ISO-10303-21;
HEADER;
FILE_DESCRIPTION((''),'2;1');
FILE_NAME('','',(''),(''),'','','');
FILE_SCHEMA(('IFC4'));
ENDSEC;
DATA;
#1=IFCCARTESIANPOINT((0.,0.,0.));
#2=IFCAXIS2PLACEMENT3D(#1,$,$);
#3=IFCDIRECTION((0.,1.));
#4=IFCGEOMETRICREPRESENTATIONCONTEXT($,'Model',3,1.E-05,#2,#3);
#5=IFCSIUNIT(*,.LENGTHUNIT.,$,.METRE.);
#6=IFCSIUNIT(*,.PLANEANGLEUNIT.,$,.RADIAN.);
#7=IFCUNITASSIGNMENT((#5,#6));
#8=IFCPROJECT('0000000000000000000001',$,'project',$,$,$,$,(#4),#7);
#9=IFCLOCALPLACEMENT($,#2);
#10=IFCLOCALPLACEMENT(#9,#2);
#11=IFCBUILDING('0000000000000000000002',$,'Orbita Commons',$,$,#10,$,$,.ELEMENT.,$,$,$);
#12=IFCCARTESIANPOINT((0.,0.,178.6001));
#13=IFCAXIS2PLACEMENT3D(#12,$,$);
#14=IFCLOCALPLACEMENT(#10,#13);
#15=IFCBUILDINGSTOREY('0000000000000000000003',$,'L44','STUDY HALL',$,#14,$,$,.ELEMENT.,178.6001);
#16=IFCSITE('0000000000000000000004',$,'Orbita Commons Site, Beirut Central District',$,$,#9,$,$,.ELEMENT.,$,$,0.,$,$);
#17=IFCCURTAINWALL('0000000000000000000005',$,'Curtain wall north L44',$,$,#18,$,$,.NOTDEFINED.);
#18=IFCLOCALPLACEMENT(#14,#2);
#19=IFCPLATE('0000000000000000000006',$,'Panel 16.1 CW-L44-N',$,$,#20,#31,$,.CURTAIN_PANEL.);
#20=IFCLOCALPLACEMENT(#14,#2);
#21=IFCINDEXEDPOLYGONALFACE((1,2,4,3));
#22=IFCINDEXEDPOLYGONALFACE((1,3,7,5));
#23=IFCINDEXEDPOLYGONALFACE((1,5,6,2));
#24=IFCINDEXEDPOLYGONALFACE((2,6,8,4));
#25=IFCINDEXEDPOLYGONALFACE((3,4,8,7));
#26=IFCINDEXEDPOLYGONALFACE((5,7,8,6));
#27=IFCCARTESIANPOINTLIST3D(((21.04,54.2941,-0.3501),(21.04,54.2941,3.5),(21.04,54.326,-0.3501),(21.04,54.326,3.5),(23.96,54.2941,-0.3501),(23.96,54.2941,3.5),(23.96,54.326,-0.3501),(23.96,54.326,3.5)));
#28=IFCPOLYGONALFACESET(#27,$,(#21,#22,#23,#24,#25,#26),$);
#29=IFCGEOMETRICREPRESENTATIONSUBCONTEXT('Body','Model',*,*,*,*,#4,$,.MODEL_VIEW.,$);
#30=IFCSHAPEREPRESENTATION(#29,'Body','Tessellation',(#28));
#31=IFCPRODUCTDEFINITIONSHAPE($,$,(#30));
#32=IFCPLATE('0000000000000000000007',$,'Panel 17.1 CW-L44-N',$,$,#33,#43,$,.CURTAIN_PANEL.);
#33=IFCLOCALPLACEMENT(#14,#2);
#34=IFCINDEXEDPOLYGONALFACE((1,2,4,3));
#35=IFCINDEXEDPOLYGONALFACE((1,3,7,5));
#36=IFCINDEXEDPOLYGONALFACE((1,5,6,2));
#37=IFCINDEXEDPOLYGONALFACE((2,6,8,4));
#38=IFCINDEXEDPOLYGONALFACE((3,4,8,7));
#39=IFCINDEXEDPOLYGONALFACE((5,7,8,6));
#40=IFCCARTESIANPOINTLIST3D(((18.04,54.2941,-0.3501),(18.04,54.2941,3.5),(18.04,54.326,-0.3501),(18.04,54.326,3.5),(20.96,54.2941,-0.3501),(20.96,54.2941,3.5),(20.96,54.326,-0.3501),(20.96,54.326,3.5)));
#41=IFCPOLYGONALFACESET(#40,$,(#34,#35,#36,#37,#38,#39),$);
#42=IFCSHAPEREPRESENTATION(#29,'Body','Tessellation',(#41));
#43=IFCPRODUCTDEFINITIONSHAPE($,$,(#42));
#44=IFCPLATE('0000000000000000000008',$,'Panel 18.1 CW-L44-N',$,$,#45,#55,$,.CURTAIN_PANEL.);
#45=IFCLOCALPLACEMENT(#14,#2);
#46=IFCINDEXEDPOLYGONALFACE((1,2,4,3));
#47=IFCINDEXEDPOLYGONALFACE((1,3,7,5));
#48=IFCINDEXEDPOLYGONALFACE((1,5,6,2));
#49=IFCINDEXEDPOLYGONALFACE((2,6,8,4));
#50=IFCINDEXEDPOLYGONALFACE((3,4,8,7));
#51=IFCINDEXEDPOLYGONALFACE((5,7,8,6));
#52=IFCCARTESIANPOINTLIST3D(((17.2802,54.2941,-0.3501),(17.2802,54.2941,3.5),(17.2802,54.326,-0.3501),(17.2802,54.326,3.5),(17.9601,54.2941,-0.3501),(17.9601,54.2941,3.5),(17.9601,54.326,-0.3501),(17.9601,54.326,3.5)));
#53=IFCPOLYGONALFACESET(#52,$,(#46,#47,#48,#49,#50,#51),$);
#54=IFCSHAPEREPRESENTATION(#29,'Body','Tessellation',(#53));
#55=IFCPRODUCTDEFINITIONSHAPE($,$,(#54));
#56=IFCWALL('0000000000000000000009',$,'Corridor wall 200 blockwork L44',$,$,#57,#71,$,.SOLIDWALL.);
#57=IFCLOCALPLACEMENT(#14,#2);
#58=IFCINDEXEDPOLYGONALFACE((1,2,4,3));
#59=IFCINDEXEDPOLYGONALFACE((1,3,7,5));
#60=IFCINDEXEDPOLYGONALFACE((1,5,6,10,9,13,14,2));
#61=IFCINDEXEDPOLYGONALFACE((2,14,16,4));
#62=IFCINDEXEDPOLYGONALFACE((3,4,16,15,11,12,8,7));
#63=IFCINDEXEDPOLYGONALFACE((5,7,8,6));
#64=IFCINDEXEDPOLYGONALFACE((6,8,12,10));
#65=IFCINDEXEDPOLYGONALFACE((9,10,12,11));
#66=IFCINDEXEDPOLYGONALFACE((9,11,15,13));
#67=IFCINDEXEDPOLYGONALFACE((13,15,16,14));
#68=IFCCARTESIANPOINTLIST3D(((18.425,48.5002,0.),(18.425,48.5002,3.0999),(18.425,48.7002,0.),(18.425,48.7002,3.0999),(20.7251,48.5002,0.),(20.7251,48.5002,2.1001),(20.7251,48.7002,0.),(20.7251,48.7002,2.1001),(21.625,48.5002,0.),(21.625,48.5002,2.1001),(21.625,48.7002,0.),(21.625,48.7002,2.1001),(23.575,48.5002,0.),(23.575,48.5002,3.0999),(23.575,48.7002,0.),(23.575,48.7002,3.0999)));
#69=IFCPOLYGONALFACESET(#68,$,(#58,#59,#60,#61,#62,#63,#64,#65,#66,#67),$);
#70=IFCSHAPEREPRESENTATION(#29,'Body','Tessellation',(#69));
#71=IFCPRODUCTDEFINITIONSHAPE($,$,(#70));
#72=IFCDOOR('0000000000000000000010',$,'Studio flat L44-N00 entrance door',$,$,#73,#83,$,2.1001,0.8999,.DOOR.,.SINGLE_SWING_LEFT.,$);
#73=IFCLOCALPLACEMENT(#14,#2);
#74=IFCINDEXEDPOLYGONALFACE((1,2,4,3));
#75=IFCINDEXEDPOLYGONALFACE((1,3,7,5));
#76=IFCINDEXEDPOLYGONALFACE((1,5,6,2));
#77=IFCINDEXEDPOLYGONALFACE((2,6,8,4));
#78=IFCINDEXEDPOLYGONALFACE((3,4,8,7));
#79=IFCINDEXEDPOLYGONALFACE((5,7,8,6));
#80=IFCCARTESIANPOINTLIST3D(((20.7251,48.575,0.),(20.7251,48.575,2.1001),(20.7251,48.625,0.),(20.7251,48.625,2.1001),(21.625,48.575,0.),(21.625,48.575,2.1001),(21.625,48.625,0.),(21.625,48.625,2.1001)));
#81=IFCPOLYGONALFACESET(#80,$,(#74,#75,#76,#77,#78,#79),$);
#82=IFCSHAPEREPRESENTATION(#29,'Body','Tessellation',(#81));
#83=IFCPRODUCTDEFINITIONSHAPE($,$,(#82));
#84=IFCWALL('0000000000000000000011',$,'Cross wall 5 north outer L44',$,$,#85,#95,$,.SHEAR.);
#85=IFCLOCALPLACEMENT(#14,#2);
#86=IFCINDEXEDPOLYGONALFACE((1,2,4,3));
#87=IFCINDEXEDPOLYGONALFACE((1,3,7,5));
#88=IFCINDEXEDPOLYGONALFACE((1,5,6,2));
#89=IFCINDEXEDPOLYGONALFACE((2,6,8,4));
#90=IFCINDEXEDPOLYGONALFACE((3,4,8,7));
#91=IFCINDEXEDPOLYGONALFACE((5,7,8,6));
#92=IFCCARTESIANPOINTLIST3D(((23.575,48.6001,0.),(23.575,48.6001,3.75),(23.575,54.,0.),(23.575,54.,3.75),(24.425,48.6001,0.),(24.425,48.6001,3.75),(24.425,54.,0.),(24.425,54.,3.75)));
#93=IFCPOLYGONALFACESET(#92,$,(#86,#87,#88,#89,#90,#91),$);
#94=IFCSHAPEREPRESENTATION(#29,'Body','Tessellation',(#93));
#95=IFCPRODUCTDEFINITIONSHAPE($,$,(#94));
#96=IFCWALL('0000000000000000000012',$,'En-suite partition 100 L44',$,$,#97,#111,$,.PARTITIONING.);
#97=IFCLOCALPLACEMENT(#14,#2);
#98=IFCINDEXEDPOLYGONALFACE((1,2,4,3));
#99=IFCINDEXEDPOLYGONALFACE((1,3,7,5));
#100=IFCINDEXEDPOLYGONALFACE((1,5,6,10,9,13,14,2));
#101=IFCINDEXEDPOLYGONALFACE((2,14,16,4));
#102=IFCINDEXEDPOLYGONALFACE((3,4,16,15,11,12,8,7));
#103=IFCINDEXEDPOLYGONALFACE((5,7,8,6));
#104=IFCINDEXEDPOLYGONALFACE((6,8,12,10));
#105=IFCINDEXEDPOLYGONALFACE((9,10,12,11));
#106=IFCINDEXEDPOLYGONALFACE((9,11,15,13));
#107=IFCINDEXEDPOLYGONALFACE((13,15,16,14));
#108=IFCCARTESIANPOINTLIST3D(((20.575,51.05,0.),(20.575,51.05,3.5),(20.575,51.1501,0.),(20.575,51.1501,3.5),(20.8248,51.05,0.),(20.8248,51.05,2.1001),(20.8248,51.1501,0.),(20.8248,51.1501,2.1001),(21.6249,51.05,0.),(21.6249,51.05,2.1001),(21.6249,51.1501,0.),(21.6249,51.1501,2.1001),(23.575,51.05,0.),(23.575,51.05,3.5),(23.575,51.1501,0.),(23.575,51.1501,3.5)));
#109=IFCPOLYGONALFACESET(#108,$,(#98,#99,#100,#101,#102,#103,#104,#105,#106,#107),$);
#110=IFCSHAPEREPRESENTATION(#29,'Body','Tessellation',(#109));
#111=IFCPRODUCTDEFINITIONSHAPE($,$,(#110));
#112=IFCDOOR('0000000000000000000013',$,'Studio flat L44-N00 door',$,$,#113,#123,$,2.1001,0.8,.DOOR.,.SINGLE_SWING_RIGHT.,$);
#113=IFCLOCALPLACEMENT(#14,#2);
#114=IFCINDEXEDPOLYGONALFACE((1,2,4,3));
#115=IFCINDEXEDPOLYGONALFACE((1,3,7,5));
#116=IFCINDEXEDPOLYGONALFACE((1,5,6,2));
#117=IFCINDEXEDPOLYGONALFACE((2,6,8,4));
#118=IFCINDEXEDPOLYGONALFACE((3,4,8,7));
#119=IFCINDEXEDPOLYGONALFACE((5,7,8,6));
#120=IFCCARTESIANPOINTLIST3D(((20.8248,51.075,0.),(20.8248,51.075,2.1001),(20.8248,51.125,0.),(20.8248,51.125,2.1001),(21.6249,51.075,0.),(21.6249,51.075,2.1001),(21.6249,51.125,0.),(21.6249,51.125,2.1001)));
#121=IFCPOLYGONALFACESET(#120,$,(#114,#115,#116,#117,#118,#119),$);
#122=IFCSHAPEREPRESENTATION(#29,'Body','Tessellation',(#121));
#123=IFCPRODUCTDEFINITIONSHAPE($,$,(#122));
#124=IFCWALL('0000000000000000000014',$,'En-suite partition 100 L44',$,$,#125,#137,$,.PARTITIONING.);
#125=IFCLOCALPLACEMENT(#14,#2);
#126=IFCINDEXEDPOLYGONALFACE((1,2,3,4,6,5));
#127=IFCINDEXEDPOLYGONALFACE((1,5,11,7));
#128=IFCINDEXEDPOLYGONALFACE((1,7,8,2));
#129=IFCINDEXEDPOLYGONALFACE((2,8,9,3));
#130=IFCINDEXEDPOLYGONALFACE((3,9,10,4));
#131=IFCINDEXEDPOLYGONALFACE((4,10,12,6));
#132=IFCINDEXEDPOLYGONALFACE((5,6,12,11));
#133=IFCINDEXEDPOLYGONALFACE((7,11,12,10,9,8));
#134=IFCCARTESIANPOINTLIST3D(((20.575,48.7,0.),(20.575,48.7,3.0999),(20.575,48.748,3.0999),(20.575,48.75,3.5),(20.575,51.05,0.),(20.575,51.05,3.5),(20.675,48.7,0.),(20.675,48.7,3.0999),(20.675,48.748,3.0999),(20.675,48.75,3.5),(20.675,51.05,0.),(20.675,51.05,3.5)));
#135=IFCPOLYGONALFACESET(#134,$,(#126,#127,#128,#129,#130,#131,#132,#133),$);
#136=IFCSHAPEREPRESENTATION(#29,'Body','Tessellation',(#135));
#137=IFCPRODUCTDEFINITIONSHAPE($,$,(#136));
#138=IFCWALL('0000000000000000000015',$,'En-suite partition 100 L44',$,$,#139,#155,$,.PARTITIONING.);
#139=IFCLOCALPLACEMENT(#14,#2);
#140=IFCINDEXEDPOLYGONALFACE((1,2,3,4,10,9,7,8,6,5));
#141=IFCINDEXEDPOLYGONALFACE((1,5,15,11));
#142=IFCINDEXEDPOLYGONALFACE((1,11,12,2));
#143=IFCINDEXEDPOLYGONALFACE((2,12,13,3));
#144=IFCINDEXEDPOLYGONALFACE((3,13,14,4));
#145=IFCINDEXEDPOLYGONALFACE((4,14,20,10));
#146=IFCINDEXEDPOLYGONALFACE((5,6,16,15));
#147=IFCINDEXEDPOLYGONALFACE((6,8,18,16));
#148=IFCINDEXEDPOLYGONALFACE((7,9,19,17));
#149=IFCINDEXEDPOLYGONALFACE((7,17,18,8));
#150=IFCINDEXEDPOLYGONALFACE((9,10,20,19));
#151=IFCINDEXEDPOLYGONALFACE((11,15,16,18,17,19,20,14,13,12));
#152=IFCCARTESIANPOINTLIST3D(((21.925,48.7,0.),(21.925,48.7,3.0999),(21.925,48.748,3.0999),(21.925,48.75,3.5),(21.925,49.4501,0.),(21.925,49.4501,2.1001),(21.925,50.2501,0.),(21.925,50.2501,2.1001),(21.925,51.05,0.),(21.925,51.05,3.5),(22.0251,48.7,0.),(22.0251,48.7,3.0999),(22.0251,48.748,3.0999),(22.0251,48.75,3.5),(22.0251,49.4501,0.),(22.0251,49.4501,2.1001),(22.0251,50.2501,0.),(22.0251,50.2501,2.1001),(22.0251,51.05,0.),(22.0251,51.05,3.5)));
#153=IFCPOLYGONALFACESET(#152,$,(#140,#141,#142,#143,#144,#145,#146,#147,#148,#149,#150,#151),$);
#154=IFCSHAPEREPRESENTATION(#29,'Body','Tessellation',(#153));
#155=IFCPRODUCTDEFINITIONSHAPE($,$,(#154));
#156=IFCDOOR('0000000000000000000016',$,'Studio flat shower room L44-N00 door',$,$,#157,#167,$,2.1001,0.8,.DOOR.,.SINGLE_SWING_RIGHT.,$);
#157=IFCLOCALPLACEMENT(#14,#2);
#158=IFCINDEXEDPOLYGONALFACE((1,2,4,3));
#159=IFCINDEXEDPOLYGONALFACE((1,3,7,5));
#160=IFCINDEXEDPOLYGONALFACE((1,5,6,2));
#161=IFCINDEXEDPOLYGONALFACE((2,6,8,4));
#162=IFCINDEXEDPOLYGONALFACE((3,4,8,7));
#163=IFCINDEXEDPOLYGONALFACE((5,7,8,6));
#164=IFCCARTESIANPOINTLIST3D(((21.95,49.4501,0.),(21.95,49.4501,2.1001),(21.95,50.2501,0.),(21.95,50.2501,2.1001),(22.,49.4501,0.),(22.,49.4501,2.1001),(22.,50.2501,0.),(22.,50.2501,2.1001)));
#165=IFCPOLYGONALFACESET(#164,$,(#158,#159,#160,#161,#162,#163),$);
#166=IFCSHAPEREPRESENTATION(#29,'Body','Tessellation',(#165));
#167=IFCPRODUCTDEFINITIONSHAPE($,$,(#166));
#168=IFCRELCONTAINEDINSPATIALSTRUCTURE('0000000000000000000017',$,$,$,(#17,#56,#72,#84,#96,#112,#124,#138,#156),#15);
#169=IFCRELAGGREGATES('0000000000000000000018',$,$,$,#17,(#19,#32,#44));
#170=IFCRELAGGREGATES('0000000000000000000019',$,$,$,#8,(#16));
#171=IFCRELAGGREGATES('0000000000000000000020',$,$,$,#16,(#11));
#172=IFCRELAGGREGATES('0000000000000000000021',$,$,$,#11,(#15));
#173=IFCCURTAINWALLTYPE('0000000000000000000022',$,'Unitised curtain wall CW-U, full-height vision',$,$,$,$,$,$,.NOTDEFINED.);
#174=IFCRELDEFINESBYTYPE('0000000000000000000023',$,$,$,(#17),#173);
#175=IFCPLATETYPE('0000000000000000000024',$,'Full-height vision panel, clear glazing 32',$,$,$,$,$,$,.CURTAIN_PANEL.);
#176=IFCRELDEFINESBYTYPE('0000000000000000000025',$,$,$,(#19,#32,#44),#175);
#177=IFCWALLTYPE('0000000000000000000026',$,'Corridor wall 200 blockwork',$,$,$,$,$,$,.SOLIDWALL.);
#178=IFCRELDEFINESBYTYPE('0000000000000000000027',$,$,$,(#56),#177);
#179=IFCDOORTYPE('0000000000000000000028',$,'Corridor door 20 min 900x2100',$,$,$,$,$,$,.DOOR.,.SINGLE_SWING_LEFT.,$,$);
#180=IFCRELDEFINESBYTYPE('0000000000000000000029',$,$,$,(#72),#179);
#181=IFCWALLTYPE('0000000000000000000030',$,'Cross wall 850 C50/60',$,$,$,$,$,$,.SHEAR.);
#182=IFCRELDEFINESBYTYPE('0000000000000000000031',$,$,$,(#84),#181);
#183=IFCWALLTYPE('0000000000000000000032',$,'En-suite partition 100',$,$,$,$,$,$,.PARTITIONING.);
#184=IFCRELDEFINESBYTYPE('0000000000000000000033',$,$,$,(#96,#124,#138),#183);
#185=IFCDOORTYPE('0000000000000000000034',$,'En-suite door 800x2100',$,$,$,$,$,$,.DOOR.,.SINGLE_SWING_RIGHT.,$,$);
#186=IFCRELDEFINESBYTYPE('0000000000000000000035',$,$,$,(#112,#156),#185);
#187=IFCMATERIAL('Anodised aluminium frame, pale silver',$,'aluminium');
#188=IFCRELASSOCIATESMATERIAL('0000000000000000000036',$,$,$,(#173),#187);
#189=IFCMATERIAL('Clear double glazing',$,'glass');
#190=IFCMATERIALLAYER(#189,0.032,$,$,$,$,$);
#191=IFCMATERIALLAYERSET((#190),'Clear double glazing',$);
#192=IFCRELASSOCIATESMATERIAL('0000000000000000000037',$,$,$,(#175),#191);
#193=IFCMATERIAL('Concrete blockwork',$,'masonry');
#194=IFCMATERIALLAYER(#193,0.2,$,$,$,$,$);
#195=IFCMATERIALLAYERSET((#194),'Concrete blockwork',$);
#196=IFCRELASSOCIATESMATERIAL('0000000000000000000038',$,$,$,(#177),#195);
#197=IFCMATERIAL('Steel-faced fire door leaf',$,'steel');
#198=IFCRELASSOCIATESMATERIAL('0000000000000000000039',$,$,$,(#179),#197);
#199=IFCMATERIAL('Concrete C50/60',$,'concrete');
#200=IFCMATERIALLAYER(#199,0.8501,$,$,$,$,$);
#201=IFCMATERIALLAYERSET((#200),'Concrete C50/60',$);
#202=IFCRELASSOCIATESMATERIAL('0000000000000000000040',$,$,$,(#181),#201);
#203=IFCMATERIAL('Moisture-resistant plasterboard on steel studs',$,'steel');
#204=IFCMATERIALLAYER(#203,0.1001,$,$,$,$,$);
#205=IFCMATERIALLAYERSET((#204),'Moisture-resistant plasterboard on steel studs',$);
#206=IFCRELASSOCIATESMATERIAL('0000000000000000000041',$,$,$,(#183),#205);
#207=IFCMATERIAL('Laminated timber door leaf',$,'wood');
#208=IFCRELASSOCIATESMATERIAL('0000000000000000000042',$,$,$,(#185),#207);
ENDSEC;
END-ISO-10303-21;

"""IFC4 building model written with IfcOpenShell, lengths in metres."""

from ifc_helpers import new_model, si_unit, direction, frame, frame_2d, origin, origin_2d, place, context, subcontext, project, spatial, polyline, rectangle, outline, extrude, material, layer, layer_set, type_object, element, fill, aggregate, save


model = new_model("IFC4")

# Units and contexts
model_context = context("Model", 3, precision=1e-05, world=origin(), true_north=direction((0.0, 1.0)))
body_context = subcontext(model_context, "Body", "Model", "MODEL_VIEW")
ifc_project = project(units=[si_unit("LENGTHUNIT", "METRE"), si_unit("PLANEANGLEUNIT", "RADIAN")], contexts=[model_context])

# Site, building, storey
site_placement = place(None, origin())
site = spatial("IfcSite", under=ifc_project, at=site_placement, Name="Orbita Commons Site, Beirut Central District", CompositionType="ELEMENT", RefElevation=0.0)
building_placement = place(site_placement, origin())
building = spatial("IfcBuilding", under=site, at=building_placement, Name="Orbita Commons", CompositionType="ELEMENT")
storey_placement = place(building_placement, frame((0.0, 0.0, 178.6001)))
storey = spatial("IfcBuildingStorey", under=building, at=storey_placement, Name="L44", Description="STUDY HALL", CompositionType="ELEMENT", Elevation=178.6001)

# Curtain wall
ifc_material_1 = material(Name="Anodised aluminium frame, pale silver", Category="aluminium")
curtain_wall_type = type_object("IfcCurtainWallType", Name="Unitised curtain wall CW-U, full-height vision", PredefinedType="NOTDEFINED", material=ifc_material_1)
curtain_wall_placement = place(storey_placement, origin())
curtain_wall = element("IfcCurtainWall", 1, at=curtain_wall_placement, inside=storey, type_object=curtain_wall_type, Name="Curtain wall north L44", PredefinedType="NOTDEFINED")

# Plates
ifc_material_2 = material(Name="Clear double glazing", Category="glass")
ifc_layer_1 = layer(ifc_material_2, 0.032)
ifc_layer_set_1 = layer_set([ifc_layer_1], Name="Clear double glazing")
plate_type = type_object("IfcPlateType", Name="Full-height vision panel, clear glazing 32", PredefinedType="CURTAIN_PANEL", material=ifc_layer_set_1)
plate_1_placement = place(storey_placement, frame((22.5, 54.3101, -0.3501), z_axis=(0.0, 0.0, 1.0), x_axis=(-1.0, 0.0, 0.0)))
plate_1 = element("IfcPlate", 2, at=plate_1_placement, type_object=plate_type, Name="Panel 16.1 CW-L44-N", PredefinedType="CURTAIN_PANEL", context=body_context, shape_type="SweptSolid", body=[
    extrude(rectangle(XDim=2.9199, YDim=0.032, at=origin_2d()), origin(), (0.0, 0.0, 1.0), 3.8501),
])
plate_2_placement = place(storey_placement, frame((19.5, 54.3101, -0.3501), z_axis=(0.0, 0.0, 1.0), x_axis=(-1.0, 0.0, 0.0)))
plate_2 = element("IfcPlate", 3, at=plate_2_placement, type_object=plate_type, Name="Panel 17.1 CW-L44-N", PredefinedType="CURTAIN_PANEL", context=body_context, shape_type="SweptSolid", body=[
    extrude(rectangle(XDim=2.9199, YDim=0.032, at=origin_2d()), origin(), (0.0, 0.0, 1.0), 3.8501),
])
plate_3_placement = place(storey_placement, frame((17.6201, 54.3101, -0.3501), z_axis=(0.0, 0.0, 1.0), x_axis=(-1.0, 0.0, 0.0)))
plate_3 = element("IfcPlate", 4, at=plate_3_placement, type_object=plate_type, Name="Panel 18.1 CW-L44-N", PredefinedType="CURTAIN_PANEL", context=body_context, shape_type="SweptSolid", body=[
    extrude(rectangle(XDim=0.6799, YDim=0.032, at=origin_2d()), origin(), (0.0, 0.0, 1.0), 3.8501),
])
aggregate(curtain_wall, [plate_1, plate_2, plate_3])

# Wall, opening, door
ifc_material_3 = material(Name="Concrete blockwork", Category="masonry")
ifc_layer_2 = layer(ifc_material_3, 0.2)
ifc_layer_set_2 = layer_set([ifc_layer_2], Name="Concrete blockwork")
wall_type_1 = type_object("IfcWallType", Name="Corridor wall 200 blockwork", PredefinedType="SOLIDWALL", material=ifc_layer_set_2)
wall_1_placement = place(storey_placement, frame((18.425, 48.6001, 0.0), z_axis=(0.0, 0.0, 1.0), x_axis=(1.0, 0.0, 0.0)))
wall_1 = element("IfcWall", 5, at=wall_1_placement, inside=storey, type_object=wall_type_1, Name="Corridor wall 200 blockwork L44", PredefinedType="SOLIDWALL", context=body_context, shape_type="SweptSolid", body=[
    extrude(outline(polyline([(0.0, 0.0), (5.1499, 0.0), (5.1499, 3.0999), (0.0, 3.0999), (0.0, 0.0)])), frame((0.0, 0.1001, 0.0), z_axis=(0.0, -1.0, 0.0), x_axis=(1.0, 0.0, 0.0)), (0.0, 0.0, 1.0), 0.2),
])
opening_1_placement = place(wall_1_placement, frame((2.3, 0.0, 0.0)))
opening_1 = element("IfcOpeningElement", 6, at=opening_1_placement, cuts=wall_1, PredefinedType="OPENING", context=body_context, shape_type="SweptSolid", body=[
    extrude(rectangle(XDim=0.8999, YDim=2.1001, at=frame_2d((0.45, 1.05))), frame((0.0, 0.1099, 0.0), z_axis=(0.0, -1.0, 0.0), x_axis=(1.0, 0.0, 0.0)), (0.0, 0.0, 1.0), 0.22),
])
ifc_material_4 = material(Name="Steel-faced fire door leaf", Category="steel")
door_type_1 = type_object("IfcDoorType", Name="Corridor door 20 min 900x2100", OperationType="SINGLE_SWING_LEFT", PredefinedType="DOOR", material=ifc_material_4)
door_1_placement = place(opening_1_placement, origin())
door_1 = element("IfcDoor", 7, at=door_1_placement, inside=storey, type_object=door_type_1, Name="Studio flat L44-N00 entrance door", OperationType="SINGLE_SWING_LEFT", OverallHeight=2.1001, OverallWidth=0.8999, PredefinedType="DOOR", context=body_context, shape_type="SweptSolid", body=[
    extrude(rectangle(XDim=0.8999, YDim=2.1001, at=frame_2d((0.45, 1.05))), frame((0.0, 0.0249, 0.0), z_axis=(0.0, -1.0, 0.0), x_axis=(1.0, 0.0, 0.0)), (0.0, 0.0, 1.0), 0.05),
])
fill(opening_1, door_1)

# Wall
ifc_material_5 = material(Name="Concrete C50/60", Category="concrete")
ifc_layer_3 = layer(ifc_material_5, 0.8501)
ifc_layer_set_3 = layer_set([ifc_layer_3], Name="Concrete C50/60")
wall_type_2 = type_object("IfcWallType", Name="Cross wall 850 C50/60", PredefinedType="SHEAR", material=ifc_layer_set_3)
wall_2_placement = place(storey_placement, frame((24.0, 48.6001, 0.0), z_axis=(0.0, 0.0, 1.0), x_axis=(0.0, 1.0, 0.0)))
element("IfcWall", 8, at=wall_2_placement, inside=storey, type_object=wall_type_2, Name="Cross wall 5 north outer L44", PredefinedType="SHEAR", context=body_context, shape_type="SweptSolid", body=[
    extrude(rectangle(XDim=5.3999, YDim=0.8501, at=frame_2d((2.7, 0.0))), origin(), (0.0, 0.0, 1.0), 3.75),
])

# Wall, opening, door
ifc_material_6 = material(Name="Moisture-resistant plasterboard on steel studs", Category="steel")
ifc_layer_4 = layer(ifc_material_6, 0.1001)
ifc_layer_set_4 = layer_set([ifc_layer_4], Name="Moisture-resistant plasterboard on steel studs")
wall_type_3 = type_object("IfcWallType", Name="En-suite partition 100", PredefinedType="PARTITIONING", material=ifc_layer_set_4)
wall_3_placement = place(storey_placement, frame((20.575, 51.1001, 0.0), z_axis=(0.0, 0.0, 1.0), x_axis=(1.0, 0.0, 0.0)))
wall_3 = element("IfcWall", 9, at=wall_3_placement, inside=storey, type_object=wall_type_3, Name="En-suite partition 100 L44", PredefinedType="PARTITIONING", context=body_context, shape_type="SweptSolid", body=[
    extrude(rectangle(XDim=3.0, YDim=0.1001, at=frame_2d((1.5, 0.0))), origin(), (0.0, 0.0, 1.0), 3.5),
])
opening_2_placement = place(wall_3_placement, frame((0.25, 0.0, 0.0)))
opening_2 = element("IfcOpeningElement", 10, at=opening_2_placement, cuts=wall_3, PredefinedType="OPENING", context=body_context, shape_type="SweptSolid", body=[
    extrude(rectangle(XDim=0.8, YDim=2.1001, at=frame_2d((0.3999, 1.05))), frame((0.0, 0.0601, 0.0), z_axis=(0.0, -1.0, 0.0), x_axis=(1.0, 0.0, 0.0)), (0.0, 0.0, 1.0), 0.1201),
])
ifc_material_7 = material(Name="Laminated timber door leaf", Category="wood")
door_type_2 = type_object("IfcDoorType", Name="En-suite door 800x2100", OperationType="SINGLE_SWING_RIGHT", PredefinedType="DOOR", material=ifc_material_7)
door_2_placement = place(opening_2_placement, origin())
door_2 = element("IfcDoor", 11, at=door_2_placement, inside=storey, type_object=door_type_2, Name="Studio flat L44-N00 door", OperationType="SINGLE_SWING_RIGHT", OverallHeight=2.1001, OverallWidth=0.8, PredefinedType="DOOR", context=body_context, shape_type="SweptSolid", body=[
    extrude(rectangle(XDim=0.8, YDim=2.1001, at=frame_2d((0.3999, 1.05))), frame((0.0, 0.0249, 0.0), z_axis=(0.0, -1.0, 0.0), x_axis=(1.0, 0.0, 0.0)), (0.0, 0.0, 1.0), 0.05),
])
fill(opening_2, door_2)

# Wall
wall_4_placement = place(storey_placement, frame((20.625, 51.05, 0.0), z_axis=(0.0, 0.0, 1.0), x_axis=(0.0, -1.0, 0.0)))
element("IfcWall", 12, at=wall_4_placement, inside=storey, type_object=wall_type_3, Name="En-suite partition 100 L44", PredefinedType="PARTITIONING", context=body_context, shape_type="SweptSolid", body=[
    extrude(outline(polyline([(0.0, 0.0), (2.3501, 0.0), (2.3501, 3.0999), (2.302, 3.0999), (2.3, 3.5), (0.0, 3.5), (0.0, 0.0)])), frame((0.0, 0.05, 0.0), z_axis=(0.0, -1.0, 0.0), x_axis=(1.0, 0.0, 0.0)), (0.0, 0.0, 1.0), 0.1001),
])

# Wall, opening, door
wall_5_placement = place(storey_placement, frame((21.9751, 51.05, 0.0), z_axis=(0.0, 0.0, 1.0), x_axis=(0.0, -1.0, 0.0)))
wall_5 = element("IfcWall", 13, at=wall_5_placement, inside=storey, type_object=wall_type_3, Name="En-suite partition 100 L44", PredefinedType="PARTITIONING", context=body_context, shape_type="SweptSolid", body=[
    extrude(outline(polyline([(0.0, 0.0), (2.3501, 0.0), (2.3501, 3.0999), (2.302, 3.0999), (2.3, 3.5), (0.0, 3.5), (0.0, 0.0)])), frame((0.0, 0.05, 0.0), z_axis=(0.0, -1.0, 0.0), x_axis=(1.0, 0.0, 0.0)), (0.0, 0.0, 1.0), 0.1001),
])
opening_3_placement = place(wall_5_placement, frame((0.8, 0.0, 0.0)))
opening_3 = element("IfcOpeningElement", 14, at=opening_3_placement, cuts=wall_5, PredefinedType="OPENING", context=body_context, shape_type="SweptSolid", body=[
    extrude(rectangle(XDim=0.8, YDim=2.1001, at=frame_2d((0.3999, 1.05))), frame((0.0, 0.0601, 0.0), z_axis=(0.0, -1.0, 0.0), x_axis=(1.0, 0.0, 0.0)), (0.0, 0.0, 1.0), 0.1201),
])
door_3_placement = place(opening_3_placement, origin())
door_3 = element("IfcDoor", 15, at=door_3_placement, inside=storey, type_object=door_type_2, Name="Studio flat shower room L44-N00 door", OperationType="SINGLE_SWING_RIGHT", OverallHeight=2.1001, OverallWidth=0.8, PredefinedType="DOOR", context=body_context, shape_type="SweptSolid", body=[
    extrude(rectangle(XDim=0.8, YDim=2.1001, at=frame_2d((0.3999, 1.05))), frame((0.0, 0.0249, 0.0), z_axis=(0.0, -1.0, 0.0), x_axis=(1.0, 0.0, 0.0)), (0.0, 0.0, 1.0), 0.05),
])
fill(opening_3, door_3)

save(model, "model.ifc")
